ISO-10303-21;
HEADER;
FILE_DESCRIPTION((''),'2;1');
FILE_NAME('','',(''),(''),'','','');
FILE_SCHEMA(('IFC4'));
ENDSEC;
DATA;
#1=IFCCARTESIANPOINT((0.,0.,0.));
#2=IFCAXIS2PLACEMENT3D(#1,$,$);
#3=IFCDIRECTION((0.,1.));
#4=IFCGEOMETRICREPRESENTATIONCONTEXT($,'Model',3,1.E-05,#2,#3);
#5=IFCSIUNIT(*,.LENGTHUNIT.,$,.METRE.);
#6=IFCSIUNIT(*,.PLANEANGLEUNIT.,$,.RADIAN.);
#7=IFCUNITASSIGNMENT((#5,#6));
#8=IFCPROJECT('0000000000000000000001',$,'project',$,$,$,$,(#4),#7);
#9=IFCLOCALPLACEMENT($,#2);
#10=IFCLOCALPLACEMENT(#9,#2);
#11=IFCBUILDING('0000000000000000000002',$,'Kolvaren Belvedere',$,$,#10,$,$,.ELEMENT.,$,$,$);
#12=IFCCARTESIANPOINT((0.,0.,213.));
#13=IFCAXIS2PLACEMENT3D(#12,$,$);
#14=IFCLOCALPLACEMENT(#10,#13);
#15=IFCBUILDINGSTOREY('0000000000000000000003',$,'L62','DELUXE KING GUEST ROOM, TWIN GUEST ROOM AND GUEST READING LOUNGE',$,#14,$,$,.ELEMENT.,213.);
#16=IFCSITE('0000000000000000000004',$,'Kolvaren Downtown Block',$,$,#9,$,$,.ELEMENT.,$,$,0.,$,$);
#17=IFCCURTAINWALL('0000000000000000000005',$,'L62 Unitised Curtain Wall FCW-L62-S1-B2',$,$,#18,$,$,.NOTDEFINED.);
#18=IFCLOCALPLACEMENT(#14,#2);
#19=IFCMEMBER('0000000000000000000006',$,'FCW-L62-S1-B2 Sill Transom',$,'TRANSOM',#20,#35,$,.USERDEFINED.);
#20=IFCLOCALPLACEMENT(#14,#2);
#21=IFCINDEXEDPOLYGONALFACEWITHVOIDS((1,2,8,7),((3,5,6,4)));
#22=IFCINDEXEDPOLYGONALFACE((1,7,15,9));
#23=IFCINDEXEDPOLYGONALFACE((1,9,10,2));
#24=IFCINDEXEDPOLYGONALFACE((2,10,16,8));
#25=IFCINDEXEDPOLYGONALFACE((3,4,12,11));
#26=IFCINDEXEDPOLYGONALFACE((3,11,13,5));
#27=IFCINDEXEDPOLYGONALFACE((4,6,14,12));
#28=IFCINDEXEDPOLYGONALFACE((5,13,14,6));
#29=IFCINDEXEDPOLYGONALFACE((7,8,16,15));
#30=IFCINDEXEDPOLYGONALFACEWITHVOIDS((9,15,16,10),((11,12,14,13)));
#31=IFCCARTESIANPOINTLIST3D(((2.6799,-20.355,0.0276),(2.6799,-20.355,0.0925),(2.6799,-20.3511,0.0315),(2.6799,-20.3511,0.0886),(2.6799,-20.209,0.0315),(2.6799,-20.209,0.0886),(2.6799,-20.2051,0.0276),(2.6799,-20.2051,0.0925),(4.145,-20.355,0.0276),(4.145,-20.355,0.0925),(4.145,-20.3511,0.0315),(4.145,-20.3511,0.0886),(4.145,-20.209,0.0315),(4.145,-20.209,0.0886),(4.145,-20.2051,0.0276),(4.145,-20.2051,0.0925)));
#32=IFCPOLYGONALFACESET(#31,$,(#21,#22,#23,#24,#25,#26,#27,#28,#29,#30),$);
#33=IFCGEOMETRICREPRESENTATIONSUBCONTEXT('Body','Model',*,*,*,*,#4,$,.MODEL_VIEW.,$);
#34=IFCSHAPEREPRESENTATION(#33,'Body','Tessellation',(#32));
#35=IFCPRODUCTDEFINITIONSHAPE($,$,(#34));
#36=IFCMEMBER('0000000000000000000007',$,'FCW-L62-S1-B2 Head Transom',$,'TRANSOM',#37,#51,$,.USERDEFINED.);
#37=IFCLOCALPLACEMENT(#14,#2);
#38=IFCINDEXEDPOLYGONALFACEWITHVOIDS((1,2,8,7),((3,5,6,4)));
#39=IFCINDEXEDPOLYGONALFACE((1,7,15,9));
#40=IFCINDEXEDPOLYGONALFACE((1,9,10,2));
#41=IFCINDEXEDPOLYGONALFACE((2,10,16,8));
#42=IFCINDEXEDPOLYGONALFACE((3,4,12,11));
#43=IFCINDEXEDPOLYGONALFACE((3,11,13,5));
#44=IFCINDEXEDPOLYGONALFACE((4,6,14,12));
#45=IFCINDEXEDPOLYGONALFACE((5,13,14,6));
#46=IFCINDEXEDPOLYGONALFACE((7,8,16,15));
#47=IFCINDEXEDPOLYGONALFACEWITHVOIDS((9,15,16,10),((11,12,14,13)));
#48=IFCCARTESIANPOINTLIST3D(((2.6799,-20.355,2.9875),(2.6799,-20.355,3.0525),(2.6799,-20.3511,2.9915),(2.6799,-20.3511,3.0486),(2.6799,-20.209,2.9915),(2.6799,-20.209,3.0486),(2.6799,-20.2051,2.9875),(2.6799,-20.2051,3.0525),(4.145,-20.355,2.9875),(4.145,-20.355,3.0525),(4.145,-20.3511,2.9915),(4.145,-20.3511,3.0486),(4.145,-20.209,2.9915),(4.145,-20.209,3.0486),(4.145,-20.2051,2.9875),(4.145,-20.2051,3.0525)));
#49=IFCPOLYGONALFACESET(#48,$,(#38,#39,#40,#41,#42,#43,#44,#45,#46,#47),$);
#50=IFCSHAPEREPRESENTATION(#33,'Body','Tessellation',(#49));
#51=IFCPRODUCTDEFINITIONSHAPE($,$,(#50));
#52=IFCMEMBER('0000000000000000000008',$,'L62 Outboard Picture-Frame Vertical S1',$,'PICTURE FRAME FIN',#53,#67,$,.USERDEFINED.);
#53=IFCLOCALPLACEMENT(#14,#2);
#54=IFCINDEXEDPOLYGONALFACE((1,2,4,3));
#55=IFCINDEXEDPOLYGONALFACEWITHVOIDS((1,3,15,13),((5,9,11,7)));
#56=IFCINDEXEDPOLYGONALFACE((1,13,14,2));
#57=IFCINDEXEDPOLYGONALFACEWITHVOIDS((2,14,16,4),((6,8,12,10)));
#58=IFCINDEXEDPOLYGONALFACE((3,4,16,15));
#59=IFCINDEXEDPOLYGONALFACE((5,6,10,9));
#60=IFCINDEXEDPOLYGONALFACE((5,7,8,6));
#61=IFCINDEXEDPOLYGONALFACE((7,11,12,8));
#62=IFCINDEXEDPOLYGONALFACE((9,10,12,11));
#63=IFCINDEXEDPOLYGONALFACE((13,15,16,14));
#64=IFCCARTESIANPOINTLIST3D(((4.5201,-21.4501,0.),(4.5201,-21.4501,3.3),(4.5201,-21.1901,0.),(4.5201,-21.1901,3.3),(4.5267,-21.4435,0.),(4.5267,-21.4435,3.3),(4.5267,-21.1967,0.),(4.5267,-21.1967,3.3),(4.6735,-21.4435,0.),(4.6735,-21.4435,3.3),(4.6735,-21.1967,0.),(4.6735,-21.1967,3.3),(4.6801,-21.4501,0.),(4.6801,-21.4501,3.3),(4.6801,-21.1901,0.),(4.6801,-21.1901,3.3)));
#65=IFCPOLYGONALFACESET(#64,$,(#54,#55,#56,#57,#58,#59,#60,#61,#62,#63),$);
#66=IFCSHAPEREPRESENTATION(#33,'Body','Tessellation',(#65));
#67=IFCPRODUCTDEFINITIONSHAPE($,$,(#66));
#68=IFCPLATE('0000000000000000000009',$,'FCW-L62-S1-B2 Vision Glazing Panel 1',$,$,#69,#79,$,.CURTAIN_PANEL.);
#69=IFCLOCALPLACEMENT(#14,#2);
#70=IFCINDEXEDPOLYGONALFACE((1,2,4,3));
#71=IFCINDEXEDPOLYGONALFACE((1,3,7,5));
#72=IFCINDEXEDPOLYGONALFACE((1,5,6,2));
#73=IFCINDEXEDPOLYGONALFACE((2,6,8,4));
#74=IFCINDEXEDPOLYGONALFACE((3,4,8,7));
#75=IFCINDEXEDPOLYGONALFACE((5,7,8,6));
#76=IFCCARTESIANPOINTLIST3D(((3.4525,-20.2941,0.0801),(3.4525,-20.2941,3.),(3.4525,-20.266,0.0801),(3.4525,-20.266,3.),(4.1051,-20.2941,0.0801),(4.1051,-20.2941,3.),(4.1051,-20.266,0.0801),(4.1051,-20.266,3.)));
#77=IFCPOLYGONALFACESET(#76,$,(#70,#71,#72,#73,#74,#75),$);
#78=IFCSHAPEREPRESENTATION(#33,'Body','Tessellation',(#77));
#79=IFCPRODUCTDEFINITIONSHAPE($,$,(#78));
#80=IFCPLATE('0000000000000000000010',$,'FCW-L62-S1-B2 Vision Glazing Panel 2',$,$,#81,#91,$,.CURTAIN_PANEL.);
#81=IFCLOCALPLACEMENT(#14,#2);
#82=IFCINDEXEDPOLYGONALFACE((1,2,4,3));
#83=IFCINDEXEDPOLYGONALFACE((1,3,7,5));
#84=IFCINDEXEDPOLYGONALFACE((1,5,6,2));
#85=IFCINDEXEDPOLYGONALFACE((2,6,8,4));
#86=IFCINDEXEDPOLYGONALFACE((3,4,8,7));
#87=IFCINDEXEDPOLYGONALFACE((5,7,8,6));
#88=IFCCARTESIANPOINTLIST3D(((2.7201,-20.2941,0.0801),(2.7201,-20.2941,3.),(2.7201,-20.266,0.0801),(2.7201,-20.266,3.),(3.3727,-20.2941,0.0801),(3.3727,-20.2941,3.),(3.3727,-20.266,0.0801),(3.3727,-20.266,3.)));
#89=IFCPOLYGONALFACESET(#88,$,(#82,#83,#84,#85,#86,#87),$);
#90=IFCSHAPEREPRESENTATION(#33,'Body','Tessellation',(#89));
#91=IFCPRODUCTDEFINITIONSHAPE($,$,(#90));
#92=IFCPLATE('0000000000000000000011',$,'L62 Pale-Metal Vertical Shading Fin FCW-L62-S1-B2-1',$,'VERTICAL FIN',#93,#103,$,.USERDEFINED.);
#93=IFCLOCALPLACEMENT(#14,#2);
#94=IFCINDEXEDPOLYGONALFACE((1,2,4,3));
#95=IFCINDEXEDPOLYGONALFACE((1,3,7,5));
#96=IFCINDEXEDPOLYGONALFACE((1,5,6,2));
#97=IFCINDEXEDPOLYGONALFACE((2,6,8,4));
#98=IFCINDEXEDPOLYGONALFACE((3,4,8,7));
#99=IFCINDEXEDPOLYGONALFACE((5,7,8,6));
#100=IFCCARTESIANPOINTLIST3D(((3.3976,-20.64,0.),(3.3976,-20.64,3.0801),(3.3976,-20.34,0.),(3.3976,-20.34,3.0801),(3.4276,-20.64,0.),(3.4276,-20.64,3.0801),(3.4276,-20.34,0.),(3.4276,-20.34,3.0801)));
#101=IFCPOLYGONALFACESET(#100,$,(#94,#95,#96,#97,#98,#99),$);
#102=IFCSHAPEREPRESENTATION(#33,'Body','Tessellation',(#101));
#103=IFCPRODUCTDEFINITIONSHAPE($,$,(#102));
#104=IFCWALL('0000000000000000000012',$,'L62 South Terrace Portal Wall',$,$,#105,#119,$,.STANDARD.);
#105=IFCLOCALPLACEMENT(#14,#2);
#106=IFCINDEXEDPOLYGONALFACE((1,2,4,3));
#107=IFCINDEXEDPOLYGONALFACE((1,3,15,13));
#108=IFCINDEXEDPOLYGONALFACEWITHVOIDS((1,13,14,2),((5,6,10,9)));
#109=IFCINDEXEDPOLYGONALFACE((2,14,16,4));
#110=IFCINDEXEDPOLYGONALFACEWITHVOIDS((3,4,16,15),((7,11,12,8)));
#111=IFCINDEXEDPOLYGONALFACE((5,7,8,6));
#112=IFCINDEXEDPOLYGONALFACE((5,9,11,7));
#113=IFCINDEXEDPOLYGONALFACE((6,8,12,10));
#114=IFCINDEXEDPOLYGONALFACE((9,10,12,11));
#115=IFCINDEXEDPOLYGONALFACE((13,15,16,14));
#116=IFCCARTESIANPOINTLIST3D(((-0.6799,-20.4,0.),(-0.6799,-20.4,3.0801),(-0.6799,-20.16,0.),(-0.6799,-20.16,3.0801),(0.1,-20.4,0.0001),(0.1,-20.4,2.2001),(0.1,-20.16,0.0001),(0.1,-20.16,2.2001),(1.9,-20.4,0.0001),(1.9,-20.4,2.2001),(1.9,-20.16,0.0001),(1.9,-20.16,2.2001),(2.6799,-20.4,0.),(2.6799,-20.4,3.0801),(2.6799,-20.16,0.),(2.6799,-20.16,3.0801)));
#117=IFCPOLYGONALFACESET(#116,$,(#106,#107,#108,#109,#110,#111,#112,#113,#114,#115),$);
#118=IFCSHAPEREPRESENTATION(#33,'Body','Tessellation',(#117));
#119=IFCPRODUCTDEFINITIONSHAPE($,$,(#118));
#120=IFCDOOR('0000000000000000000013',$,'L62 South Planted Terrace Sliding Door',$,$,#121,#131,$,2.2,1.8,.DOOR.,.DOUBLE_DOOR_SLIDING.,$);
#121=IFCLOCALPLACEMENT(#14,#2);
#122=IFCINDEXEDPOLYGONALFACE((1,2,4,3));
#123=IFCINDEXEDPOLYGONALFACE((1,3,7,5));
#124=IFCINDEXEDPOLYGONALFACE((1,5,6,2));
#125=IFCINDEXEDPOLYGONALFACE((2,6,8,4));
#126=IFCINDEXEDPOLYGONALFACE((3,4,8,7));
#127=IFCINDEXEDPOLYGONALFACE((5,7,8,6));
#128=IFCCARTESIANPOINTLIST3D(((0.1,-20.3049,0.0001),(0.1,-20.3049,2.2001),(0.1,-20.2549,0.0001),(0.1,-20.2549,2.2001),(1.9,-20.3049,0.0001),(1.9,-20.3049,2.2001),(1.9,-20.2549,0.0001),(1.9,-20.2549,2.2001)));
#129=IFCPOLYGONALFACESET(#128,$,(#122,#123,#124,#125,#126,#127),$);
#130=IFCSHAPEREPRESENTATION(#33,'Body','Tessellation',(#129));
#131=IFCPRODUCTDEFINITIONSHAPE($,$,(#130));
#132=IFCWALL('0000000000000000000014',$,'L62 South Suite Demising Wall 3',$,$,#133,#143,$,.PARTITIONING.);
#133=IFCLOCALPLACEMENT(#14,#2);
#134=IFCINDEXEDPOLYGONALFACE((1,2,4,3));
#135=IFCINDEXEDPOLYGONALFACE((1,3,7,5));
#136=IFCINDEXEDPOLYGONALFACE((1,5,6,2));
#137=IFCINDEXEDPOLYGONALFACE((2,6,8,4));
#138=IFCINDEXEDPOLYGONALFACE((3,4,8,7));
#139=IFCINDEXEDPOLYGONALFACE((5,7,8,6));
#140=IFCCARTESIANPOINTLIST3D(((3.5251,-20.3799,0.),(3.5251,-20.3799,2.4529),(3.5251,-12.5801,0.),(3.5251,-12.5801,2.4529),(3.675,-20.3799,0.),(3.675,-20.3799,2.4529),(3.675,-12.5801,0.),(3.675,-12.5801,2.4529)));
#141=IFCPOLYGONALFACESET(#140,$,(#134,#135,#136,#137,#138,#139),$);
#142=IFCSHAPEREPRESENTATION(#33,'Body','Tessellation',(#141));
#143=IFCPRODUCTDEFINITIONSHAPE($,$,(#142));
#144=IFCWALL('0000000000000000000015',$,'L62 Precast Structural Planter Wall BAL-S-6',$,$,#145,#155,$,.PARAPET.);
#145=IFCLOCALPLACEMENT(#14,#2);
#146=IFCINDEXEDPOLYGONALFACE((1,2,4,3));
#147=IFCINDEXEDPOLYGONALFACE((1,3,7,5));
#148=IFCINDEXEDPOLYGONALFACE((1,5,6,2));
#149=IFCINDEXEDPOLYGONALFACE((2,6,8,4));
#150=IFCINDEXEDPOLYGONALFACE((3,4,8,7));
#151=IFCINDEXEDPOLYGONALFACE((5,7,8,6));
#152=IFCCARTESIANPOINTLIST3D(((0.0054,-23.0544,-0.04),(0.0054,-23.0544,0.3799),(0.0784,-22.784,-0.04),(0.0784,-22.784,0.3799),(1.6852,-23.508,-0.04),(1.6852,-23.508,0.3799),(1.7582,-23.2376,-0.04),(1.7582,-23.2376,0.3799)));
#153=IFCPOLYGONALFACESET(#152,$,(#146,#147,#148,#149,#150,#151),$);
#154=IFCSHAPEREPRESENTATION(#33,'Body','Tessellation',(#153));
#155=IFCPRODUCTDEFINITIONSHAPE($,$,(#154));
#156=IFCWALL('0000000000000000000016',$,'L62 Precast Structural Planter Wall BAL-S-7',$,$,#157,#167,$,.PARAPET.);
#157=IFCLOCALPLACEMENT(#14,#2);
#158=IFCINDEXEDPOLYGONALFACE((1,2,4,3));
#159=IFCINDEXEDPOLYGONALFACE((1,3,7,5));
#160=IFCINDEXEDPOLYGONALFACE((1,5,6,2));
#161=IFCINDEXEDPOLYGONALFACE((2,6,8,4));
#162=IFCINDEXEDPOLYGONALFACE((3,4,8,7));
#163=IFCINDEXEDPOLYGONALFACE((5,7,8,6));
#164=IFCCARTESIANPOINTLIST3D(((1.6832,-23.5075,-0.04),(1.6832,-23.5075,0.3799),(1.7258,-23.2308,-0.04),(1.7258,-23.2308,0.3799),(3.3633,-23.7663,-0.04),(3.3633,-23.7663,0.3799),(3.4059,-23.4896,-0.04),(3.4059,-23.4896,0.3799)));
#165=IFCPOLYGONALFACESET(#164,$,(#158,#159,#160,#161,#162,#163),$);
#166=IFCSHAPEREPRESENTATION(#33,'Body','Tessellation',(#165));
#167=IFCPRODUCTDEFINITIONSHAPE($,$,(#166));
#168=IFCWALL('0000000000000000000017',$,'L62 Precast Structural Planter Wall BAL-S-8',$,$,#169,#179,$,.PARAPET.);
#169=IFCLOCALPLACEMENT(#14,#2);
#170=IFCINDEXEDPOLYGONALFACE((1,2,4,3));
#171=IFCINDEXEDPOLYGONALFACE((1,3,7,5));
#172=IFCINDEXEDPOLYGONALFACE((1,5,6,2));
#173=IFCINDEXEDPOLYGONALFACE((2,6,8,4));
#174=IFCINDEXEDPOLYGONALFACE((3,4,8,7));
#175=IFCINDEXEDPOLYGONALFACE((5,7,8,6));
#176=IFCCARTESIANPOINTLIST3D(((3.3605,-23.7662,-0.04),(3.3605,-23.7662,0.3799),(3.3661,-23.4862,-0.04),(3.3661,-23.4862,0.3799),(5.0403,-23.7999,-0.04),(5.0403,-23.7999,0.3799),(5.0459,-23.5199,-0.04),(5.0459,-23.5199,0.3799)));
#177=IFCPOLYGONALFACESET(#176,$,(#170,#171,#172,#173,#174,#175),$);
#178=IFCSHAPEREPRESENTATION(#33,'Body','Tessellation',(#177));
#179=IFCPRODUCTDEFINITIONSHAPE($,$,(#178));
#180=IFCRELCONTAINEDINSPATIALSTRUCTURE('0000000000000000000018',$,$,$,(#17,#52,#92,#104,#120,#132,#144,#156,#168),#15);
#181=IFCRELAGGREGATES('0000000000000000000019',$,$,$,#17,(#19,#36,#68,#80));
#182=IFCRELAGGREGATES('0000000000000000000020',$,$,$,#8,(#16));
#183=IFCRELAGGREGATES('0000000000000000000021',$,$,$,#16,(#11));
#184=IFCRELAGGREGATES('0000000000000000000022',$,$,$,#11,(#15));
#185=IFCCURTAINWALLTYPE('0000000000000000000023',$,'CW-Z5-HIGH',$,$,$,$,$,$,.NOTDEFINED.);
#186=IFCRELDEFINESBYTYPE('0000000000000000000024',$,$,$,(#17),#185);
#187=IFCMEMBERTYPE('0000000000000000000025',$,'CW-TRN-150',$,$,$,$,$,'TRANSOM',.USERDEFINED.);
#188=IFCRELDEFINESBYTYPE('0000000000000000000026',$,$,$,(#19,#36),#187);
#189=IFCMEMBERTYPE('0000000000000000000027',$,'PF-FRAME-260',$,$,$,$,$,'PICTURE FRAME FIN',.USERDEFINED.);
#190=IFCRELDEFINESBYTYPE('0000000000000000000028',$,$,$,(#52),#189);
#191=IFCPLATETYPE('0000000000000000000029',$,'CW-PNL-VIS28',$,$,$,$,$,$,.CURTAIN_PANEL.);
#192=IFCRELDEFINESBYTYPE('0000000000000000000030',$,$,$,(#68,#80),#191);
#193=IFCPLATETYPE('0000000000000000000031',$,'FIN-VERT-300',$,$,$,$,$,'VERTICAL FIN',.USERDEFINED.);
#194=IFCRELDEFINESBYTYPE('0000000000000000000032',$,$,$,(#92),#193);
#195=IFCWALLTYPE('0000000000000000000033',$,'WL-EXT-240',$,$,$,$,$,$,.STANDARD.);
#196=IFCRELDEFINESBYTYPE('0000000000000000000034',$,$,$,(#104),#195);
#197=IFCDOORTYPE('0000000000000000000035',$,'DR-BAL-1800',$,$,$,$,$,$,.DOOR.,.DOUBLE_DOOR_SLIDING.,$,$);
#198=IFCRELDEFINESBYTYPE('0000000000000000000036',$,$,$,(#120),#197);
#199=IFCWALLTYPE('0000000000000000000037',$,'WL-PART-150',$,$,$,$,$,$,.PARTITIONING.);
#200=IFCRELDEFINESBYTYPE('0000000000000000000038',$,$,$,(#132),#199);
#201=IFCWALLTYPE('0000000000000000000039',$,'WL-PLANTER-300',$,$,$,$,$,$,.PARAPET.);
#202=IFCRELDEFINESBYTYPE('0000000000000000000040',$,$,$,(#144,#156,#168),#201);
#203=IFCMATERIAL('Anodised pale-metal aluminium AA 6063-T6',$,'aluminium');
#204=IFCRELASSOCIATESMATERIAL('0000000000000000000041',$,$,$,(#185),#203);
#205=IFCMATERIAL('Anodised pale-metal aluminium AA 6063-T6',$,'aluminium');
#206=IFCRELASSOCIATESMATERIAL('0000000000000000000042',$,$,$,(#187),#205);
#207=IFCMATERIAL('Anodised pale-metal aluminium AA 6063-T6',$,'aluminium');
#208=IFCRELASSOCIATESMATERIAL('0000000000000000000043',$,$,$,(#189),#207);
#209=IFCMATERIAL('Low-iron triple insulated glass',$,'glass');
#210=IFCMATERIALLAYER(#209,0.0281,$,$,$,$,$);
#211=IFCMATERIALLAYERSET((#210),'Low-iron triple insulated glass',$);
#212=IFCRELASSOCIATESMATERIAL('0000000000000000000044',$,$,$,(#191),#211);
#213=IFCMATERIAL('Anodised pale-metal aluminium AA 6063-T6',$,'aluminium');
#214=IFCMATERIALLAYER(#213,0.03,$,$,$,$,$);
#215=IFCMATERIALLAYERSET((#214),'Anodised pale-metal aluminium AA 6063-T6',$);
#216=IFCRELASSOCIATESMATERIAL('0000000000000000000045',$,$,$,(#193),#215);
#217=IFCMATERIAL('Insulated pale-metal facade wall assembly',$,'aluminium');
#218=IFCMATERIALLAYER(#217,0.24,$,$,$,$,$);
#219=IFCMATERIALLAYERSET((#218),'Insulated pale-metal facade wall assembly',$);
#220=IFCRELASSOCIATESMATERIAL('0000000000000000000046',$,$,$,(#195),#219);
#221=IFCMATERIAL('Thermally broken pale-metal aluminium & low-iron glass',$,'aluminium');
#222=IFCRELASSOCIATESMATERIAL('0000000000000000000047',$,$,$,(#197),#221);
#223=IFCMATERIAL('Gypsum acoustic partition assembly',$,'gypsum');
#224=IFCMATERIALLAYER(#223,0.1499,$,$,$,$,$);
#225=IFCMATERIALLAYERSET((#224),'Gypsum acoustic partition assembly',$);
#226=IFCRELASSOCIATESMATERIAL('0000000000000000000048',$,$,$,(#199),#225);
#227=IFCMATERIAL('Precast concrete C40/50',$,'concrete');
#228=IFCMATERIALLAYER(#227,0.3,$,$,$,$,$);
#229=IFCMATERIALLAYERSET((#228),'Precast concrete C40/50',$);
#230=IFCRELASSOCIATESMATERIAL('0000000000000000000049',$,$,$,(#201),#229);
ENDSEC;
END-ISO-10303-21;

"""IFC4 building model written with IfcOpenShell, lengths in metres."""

from ifc_helpers import new_model, si_unit, direction, frame, frame_2d, origin, origin_2d, place, context, subcontext, project, spatial, rectangle, hollow_rectangle, extrude, material, layer, layer_set, material_profile, profile_set, type_object, element, fill, aggregate, save


model = new_model("IFC4")

# Units and contexts
model_context = context("Model", 3, precision=1e-05, world=origin(), true_north=direction((0.0, 1.0)))
body_context = subcontext(model_context, "Body", "Model", "MODEL_VIEW")
ifc_project = project(units=[si_unit("LENGTHUNIT", "METRE"), si_unit("PLANEANGLEUNIT", "RADIAN")], contexts=[model_context])

# Site, building, storey
site_placement = place(None, origin())
site = spatial("IfcSite", under=ifc_project, at=site_placement, Name="Kolvaren Downtown Block", CompositionType="ELEMENT", RefElevation=0.0)
building_placement = place(site_placement, origin())
building = spatial("IfcBuilding", under=site, at=building_placement, Name="Kolvaren Belvedere", CompositionType="ELEMENT")
storey_placement = place(building_placement, frame((0.0, 0.0, 213.0)))
storey = spatial("IfcBuildingStorey", under=building, at=storey_placement, Name="L62", Description="DELUXE KING GUEST ROOM, TWIN GUEST ROOM AND GUEST READING LOUNGE", CompositionType="ELEMENT", Elevation=213.0)

# Shared definitions
ifc_material_1 = material(Name="Anodised pale-metal aluminium AA 6063-T6", Category="aluminium")
curtain_wall_type = type_object("IfcCurtainWallType", Name="CW-Z5-HIGH", PredefinedType="NOTDEFINED", material=ifc_material_1)

# Curtain wall, members
curtain_wall_1_placement = place(storey_placement, origin())
curtain_wall_1 = element("IfcCurtainWall", 1, at=curtain_wall_1_placement, inside=storey, type_object=curtain_wall_type, Name="L62 Unitised Curtain Wall FCW-L62-S1-B2", PredefinedType="NOTDEFINED")
ifc_material_2 = material(Name="Anodised pale-metal aluminium AA 6063-T6", Category="aluminium")
ifc_material_profile_1 = material_profile(ifc_material_2, hollow_rectangle(XDim=0.0649, YDim=0.1499, WallThickness=0.0039, at=origin_2d()), Name="ALU-TRN-150X65")
ifc_profile_set_1 = profile_set([ifc_material_profile_1], Name="Anodised pale-metal aluminium AA 6063-T6")
member_type_1 = type_object("IfcMemberType", Name="CW-TRN-150", ElementType="TRANSOM", PredefinedType="USERDEFINED", material=ifc_profile_set_1)
member_1_placement = place(storey_placement, frame((4.145, -20.28, 0.0601), z_axis=(-1.0, 0.0, 0.0), x_axis=(0.0, 0.0, 1.0)))
member_1 = element("IfcMember", 2, at=member_1_placement, type_object=member_type_1, Name="FCW-L62-S1-B2 Sill Transom", ObjectType="TRANSOM", PredefinedType="USERDEFINED", context=body_context, shape_type="SweptSolid", body=[
    extrude(hollow_rectangle(XDim=0.0649, YDim=0.1499, WallThickness=0.0039, at=origin_2d()), origin(), (0.0, 0.0, 1.0), 1.4651),
])
member_2_placement = place(storey_placement, frame((4.145, -20.28, 3.02), z_axis=(-1.0, 0.0, 0.0), x_axis=(0.0, 0.0, 1.0)))
member_2 = element("IfcMember", 3, at=member_2_placement, type_object=member_type_1, Name="FCW-L62-S1-B2 Head Transom", ObjectType="TRANSOM", PredefinedType="USERDEFINED", context=body_context, shape_type="SweptSolid", body=[
    extrude(hollow_rectangle(XDim=0.0649, YDim=0.1499, WallThickness=0.0039, at=origin_2d()), origin(), (0.0, 0.0, 1.0), 1.4651),
])

# Member
ifc_material_3 = material(Name="Anodised pale-metal aluminium AA 6063-T6", Category="aluminium")
ifc_material_profile_2 = material_profile(ifc_material_3, hollow_rectangle(XDim=0.1599, YDim=0.26, WallThickness=0.0066, at=origin_2d()), Name="ALU-PF-260X160")
ifc_profile_set_2 = profile_set([ifc_material_profile_2], Name="Anodised pale-metal aluminium AA 6063-T6")
member_type_2 = type_object("IfcMemberType", Name="PF-FRAME-260", ElementType="PICTURE FRAME FIN", PredefinedType="USERDEFINED", material=ifc_profile_set_2)
member_3_placement = place(storey_placement, frame((4.6001, -21.3201, 0.0), z_axis=(0.0, 0.0, 1.0), x_axis=(1.0, 0.0, 0.0)))
element("IfcMember", 4, at=member_3_placement, inside=storey, type_object=member_type_2, Name="L62 Outboard Picture-Frame Vertical S1", ObjectType="PICTURE FRAME FIN", PredefinedType="USERDEFINED", context=body_context, shape_type="SweptSolid", body=[
    extrude(hollow_rectangle(XDim=0.1599, YDim=0.26, WallThickness=0.0066, at=origin_2d()), origin(), (0.0, 0.0, 1.0), 3.3),
])

# Plates
ifc_material_4 = material(Name="Low-iron triple insulated glass", Category="glass")
ifc_layer_1 = layer(ifc_material_4, 0.0281)
ifc_layer_set_1 = layer_set([ifc_layer_1], Name="Low-iron triple insulated glass")
plate_type_1 = type_object("IfcPlateType", Name="CW-PNL-VIS28", PredefinedType="CURTAIN_PANEL", material=ifc_layer_set_1)
plate_1_placement = place(storey_placement, frame((3.7788, -20.28, 0.0801), z_axis=(0.0, 0.0, 1.0), x_axis=(-1.0, 0.0, 0.0)))
plate_1 = element("IfcPlate", 5, at=plate_1_placement, type_object=plate_type_1, Name="FCW-L62-S1-B2 Vision Glazing Panel 1", PredefinedType="CURTAIN_PANEL", context=body_context, shape_type="SweptSolid", body=[
    extrude(rectangle(XDim=0.6526, YDim=0.0281, at=origin_2d()), origin(), (0.0, 0.0, 1.0), 2.9199),
])
plate_2_placement = place(storey_placement, frame((3.0464, -20.28, 0.0801), z_axis=(0.0, 0.0, 1.0), x_axis=(-1.0, 0.0, 0.0)))
plate_2 = element("IfcPlate", 6, at=plate_2_placement, type_object=plate_type_1, Name="FCW-L62-S1-B2 Vision Glazing Panel 2", PredefinedType="CURTAIN_PANEL", context=body_context, shape_type="SweptSolid", body=[
    extrude(rectangle(XDim=0.6526, YDim=0.0281, at=origin_2d()), origin(), (0.0, 0.0, 1.0), 2.9199),
])
aggregate(curtain_wall_1, [member_1, member_2, plate_1, plate_2])
ifc_material_5 = material(Name="Anodised pale-metal aluminium AA 6063-T6", Category="aluminium")
ifc_layer_2 = layer(ifc_material_5, 0.03)
ifc_layer_set_2 = layer_set([ifc_layer_2], Name="Anodised pale-metal aluminium AA 6063-T6")
plate_type_2 = type_object("IfcPlateType", Name="FIN-VERT-300", ElementType="VERTICAL FIN", PredefinedType="USERDEFINED", material=ifc_layer_set_2)
plate_3_placement = place(storey_placement, frame((3.4126, -20.49, 0.0), z_axis=(0.0, 0.0, 1.0), x_axis=(0.0, 1.0, 0.0)))
element("IfcPlate", 7, at=plate_3_placement, inside=storey, type_object=plate_type_2, Name="L62 Pale-Metal Vertical Shading Fin FCW-L62-S1-B2-1", ObjectType="VERTICAL FIN", PredefinedType="USERDEFINED", context=body_context, shape_type="SweptSolid", body=[
    extrude(rectangle(XDim=0.3, YDim=0.03, at=origin_2d()), origin(), (0.0, 0.0, 1.0), 3.0801),
])

# Wall, opening, door
ifc_material_6 = material(Name="Insulated pale-metal facade wall assembly", Category="aluminium")
ifc_layer_3 = layer(ifc_material_6, 0.24)
ifc_layer_set_3 = layer_set([ifc_layer_3], Name="Insulated pale-metal facade wall assembly")
wall_type_1 = type_object("IfcWallType", Name="WL-EXT-240", PredefinedType="STANDARD", material=ifc_layer_set_3)
wall_1_placement = place(storey_placement, frame((2.6799, -20.28, 0.0), z_axis=(0.0, 0.0, 1.0), x_axis=(-1.0, 0.0, 0.0)))
wall_1 = element("IfcWall", 8, at=wall_1_placement, inside=storey, type_object=wall_type_1, Name="L62 South Terrace Portal Wall", PredefinedType="STANDARD", context=body_context, shape_type="SweptSolid", body=[
    extrude(rectangle(XDim=3.3599, YDim=0.24, at=frame_2d((1.6799, 0.0))), origin(), (0.0, 0.0, 1.0), 3.0801),
])
opening_placement = place(wall_1_placement, frame((0.78, 0.0, 0.0)))
opening = element("IfcOpeningElement", 9, at=opening_placement, cuts=wall_1, PredefinedType="OPENING", context=body_context, shape_type="SweptSolid", body=[
    extrude(rectangle(XDim=1.8, YDim=2.2, at=frame_2d((0.8999, 1.1001))), frame((0.0, 0.1299, 0.0), z_axis=(0.0, -1.0, 0.0), x_axis=(1.0, 0.0, 0.0)), (0.0, 0.0, 1.0), 0.26),
])
ifc_material_7 = material(Name="Thermally broken pale-metal aluminium & low-iron glass", Category="aluminium")
door_type = type_object("IfcDoorType", Name="DR-BAL-1800", OperationType="DOUBLE_DOOR_SLIDING", PredefinedType="DOOR", material=ifc_material_7)
door_placement = place(opening_placement, origin())
door = element("IfcDoor", 10, at=door_placement, inside=storey, type_object=door_type, Name="L62 South Planted Terrace Sliding Door", OperationType="DOUBLE_DOOR_SLIDING", OverallHeight=2.2, OverallWidth=1.8, PredefinedType="DOOR", context=body_context, shape_type="SweptSolid", body=[
    extrude(rectangle(XDim=1.8, YDim=2.2, at=frame_2d((0.8999, 1.1001))), frame((0.0, 0.0249, 0.0), z_axis=(0.0, -1.0, 0.0), x_axis=(1.0, 0.0, 0.0)), (0.0, 0.0, 1.0), 0.05),
])
fill(opening, door)

# Walls
ifc_material_8 = material(Name="Gypsum acoustic partition assembly", Category="gypsum")
ifc_layer_4 = layer(ifc_material_8, 0.1499)
ifc_layer_set_4 = layer_set([ifc_layer_4], Name="Gypsum acoustic partition assembly")
wall_type_2 = type_object("IfcWallType", Name="WL-PART-150", PredefinedType="PARTITIONING", material=ifc_layer_set_4)
wall_2_placement = place(storey_placement, frame((3.6001, -20.3799, 0.0), z_axis=(0.0, 0.0, 1.0), x_axis=(0.0, 1.0, 0.0)))
element("IfcWall", 11, at=wall_2_placement, inside=storey, type_object=wall_type_2, Name="L62 South Suite Demising Wall 3", PredefinedType="PARTITIONING", context=body_context, shape_type="SweptSolid", body=[
    extrude(rectangle(XDim=7.7998, YDim=0.1499, at=frame_2d((3.8999, 0.0))), origin(), (0.0, 0.0, 1.0), 2.4529),
])
ifc_material_9 = material(Name="Precast concrete C40/50", Category="concrete")
ifc_layer_5 = layer(ifc_material_9, 0.3)
ifc_layer_set_5 = layer_set([ifc_layer_5], Name="Precast concrete C40/50")
wall_type_3 = type_object("IfcWallType", Name="WL-PLANTER-300", PredefinedType="PARAPET", material=ifc_layer_set_5)
wall_3_placement = place(storey_placement, frame((0.0417, -22.9192, -0.04), z_axis=(0.0, 0.0, 1.0), x_axis=(0.965424, -0.260683, 0.0)))
element("IfcWall", 12, at=wall_3_placement, inside=storey, type_object=wall_type_3, Name="L62 Precast Structural Planter Wall BAL-S-6", PredefinedType="PARAPET", context=body_context, shape_type="SweptSolid", body=[
    extrude(rectangle(XDim=1.74, YDim=0.28, at=frame_2d((0.8701, 0.0))), origin(), (0.0, 0.0, 1.0), 0.4199),
])
wall_4_placement = place(storey_placement, frame((1.7043, -23.3691, -0.04), z_axis=(0.0, 0.0, 1.0), x_axis=(0.988345, -0.15223, 0.0)))
element("IfcWall", 13, at=wall_4_placement, inside=storey, type_object=wall_type_3, Name="L62 Precast Structural Planter Wall BAL-S-7", PredefinedType="PARAPET", context=body_context, shape_type="SweptSolid", body=[
    extrude(rectangle(XDim=1.7, YDim=0.28, at=frame_2d((0.8501, 0.0))), origin(), (0.0, 0.0, 1.0), 0.4199),
])
wall_5_placement = place(storey_placement, frame((3.3633, -23.6262, -0.04), z_axis=(0.0, 0.0, 1.0), x_axis=(0.999799, -0.020051, 0.0)))
element("IfcWall", 14, at=wall_5_placement, inside=storey, type_object=wall_type_3, Name="L62 Precast Structural Planter Wall BAL-S-8", PredefinedType="PARAPET", context=body_context, shape_type="SweptSolid", body=[
    extrude(rectangle(XDim=1.6802, YDim=0.28, at=frame_2d((0.8401, 0.0))), origin(), (0.0, 0.0, 1.0), 0.4199),
])

save(model, "model.ifc")
